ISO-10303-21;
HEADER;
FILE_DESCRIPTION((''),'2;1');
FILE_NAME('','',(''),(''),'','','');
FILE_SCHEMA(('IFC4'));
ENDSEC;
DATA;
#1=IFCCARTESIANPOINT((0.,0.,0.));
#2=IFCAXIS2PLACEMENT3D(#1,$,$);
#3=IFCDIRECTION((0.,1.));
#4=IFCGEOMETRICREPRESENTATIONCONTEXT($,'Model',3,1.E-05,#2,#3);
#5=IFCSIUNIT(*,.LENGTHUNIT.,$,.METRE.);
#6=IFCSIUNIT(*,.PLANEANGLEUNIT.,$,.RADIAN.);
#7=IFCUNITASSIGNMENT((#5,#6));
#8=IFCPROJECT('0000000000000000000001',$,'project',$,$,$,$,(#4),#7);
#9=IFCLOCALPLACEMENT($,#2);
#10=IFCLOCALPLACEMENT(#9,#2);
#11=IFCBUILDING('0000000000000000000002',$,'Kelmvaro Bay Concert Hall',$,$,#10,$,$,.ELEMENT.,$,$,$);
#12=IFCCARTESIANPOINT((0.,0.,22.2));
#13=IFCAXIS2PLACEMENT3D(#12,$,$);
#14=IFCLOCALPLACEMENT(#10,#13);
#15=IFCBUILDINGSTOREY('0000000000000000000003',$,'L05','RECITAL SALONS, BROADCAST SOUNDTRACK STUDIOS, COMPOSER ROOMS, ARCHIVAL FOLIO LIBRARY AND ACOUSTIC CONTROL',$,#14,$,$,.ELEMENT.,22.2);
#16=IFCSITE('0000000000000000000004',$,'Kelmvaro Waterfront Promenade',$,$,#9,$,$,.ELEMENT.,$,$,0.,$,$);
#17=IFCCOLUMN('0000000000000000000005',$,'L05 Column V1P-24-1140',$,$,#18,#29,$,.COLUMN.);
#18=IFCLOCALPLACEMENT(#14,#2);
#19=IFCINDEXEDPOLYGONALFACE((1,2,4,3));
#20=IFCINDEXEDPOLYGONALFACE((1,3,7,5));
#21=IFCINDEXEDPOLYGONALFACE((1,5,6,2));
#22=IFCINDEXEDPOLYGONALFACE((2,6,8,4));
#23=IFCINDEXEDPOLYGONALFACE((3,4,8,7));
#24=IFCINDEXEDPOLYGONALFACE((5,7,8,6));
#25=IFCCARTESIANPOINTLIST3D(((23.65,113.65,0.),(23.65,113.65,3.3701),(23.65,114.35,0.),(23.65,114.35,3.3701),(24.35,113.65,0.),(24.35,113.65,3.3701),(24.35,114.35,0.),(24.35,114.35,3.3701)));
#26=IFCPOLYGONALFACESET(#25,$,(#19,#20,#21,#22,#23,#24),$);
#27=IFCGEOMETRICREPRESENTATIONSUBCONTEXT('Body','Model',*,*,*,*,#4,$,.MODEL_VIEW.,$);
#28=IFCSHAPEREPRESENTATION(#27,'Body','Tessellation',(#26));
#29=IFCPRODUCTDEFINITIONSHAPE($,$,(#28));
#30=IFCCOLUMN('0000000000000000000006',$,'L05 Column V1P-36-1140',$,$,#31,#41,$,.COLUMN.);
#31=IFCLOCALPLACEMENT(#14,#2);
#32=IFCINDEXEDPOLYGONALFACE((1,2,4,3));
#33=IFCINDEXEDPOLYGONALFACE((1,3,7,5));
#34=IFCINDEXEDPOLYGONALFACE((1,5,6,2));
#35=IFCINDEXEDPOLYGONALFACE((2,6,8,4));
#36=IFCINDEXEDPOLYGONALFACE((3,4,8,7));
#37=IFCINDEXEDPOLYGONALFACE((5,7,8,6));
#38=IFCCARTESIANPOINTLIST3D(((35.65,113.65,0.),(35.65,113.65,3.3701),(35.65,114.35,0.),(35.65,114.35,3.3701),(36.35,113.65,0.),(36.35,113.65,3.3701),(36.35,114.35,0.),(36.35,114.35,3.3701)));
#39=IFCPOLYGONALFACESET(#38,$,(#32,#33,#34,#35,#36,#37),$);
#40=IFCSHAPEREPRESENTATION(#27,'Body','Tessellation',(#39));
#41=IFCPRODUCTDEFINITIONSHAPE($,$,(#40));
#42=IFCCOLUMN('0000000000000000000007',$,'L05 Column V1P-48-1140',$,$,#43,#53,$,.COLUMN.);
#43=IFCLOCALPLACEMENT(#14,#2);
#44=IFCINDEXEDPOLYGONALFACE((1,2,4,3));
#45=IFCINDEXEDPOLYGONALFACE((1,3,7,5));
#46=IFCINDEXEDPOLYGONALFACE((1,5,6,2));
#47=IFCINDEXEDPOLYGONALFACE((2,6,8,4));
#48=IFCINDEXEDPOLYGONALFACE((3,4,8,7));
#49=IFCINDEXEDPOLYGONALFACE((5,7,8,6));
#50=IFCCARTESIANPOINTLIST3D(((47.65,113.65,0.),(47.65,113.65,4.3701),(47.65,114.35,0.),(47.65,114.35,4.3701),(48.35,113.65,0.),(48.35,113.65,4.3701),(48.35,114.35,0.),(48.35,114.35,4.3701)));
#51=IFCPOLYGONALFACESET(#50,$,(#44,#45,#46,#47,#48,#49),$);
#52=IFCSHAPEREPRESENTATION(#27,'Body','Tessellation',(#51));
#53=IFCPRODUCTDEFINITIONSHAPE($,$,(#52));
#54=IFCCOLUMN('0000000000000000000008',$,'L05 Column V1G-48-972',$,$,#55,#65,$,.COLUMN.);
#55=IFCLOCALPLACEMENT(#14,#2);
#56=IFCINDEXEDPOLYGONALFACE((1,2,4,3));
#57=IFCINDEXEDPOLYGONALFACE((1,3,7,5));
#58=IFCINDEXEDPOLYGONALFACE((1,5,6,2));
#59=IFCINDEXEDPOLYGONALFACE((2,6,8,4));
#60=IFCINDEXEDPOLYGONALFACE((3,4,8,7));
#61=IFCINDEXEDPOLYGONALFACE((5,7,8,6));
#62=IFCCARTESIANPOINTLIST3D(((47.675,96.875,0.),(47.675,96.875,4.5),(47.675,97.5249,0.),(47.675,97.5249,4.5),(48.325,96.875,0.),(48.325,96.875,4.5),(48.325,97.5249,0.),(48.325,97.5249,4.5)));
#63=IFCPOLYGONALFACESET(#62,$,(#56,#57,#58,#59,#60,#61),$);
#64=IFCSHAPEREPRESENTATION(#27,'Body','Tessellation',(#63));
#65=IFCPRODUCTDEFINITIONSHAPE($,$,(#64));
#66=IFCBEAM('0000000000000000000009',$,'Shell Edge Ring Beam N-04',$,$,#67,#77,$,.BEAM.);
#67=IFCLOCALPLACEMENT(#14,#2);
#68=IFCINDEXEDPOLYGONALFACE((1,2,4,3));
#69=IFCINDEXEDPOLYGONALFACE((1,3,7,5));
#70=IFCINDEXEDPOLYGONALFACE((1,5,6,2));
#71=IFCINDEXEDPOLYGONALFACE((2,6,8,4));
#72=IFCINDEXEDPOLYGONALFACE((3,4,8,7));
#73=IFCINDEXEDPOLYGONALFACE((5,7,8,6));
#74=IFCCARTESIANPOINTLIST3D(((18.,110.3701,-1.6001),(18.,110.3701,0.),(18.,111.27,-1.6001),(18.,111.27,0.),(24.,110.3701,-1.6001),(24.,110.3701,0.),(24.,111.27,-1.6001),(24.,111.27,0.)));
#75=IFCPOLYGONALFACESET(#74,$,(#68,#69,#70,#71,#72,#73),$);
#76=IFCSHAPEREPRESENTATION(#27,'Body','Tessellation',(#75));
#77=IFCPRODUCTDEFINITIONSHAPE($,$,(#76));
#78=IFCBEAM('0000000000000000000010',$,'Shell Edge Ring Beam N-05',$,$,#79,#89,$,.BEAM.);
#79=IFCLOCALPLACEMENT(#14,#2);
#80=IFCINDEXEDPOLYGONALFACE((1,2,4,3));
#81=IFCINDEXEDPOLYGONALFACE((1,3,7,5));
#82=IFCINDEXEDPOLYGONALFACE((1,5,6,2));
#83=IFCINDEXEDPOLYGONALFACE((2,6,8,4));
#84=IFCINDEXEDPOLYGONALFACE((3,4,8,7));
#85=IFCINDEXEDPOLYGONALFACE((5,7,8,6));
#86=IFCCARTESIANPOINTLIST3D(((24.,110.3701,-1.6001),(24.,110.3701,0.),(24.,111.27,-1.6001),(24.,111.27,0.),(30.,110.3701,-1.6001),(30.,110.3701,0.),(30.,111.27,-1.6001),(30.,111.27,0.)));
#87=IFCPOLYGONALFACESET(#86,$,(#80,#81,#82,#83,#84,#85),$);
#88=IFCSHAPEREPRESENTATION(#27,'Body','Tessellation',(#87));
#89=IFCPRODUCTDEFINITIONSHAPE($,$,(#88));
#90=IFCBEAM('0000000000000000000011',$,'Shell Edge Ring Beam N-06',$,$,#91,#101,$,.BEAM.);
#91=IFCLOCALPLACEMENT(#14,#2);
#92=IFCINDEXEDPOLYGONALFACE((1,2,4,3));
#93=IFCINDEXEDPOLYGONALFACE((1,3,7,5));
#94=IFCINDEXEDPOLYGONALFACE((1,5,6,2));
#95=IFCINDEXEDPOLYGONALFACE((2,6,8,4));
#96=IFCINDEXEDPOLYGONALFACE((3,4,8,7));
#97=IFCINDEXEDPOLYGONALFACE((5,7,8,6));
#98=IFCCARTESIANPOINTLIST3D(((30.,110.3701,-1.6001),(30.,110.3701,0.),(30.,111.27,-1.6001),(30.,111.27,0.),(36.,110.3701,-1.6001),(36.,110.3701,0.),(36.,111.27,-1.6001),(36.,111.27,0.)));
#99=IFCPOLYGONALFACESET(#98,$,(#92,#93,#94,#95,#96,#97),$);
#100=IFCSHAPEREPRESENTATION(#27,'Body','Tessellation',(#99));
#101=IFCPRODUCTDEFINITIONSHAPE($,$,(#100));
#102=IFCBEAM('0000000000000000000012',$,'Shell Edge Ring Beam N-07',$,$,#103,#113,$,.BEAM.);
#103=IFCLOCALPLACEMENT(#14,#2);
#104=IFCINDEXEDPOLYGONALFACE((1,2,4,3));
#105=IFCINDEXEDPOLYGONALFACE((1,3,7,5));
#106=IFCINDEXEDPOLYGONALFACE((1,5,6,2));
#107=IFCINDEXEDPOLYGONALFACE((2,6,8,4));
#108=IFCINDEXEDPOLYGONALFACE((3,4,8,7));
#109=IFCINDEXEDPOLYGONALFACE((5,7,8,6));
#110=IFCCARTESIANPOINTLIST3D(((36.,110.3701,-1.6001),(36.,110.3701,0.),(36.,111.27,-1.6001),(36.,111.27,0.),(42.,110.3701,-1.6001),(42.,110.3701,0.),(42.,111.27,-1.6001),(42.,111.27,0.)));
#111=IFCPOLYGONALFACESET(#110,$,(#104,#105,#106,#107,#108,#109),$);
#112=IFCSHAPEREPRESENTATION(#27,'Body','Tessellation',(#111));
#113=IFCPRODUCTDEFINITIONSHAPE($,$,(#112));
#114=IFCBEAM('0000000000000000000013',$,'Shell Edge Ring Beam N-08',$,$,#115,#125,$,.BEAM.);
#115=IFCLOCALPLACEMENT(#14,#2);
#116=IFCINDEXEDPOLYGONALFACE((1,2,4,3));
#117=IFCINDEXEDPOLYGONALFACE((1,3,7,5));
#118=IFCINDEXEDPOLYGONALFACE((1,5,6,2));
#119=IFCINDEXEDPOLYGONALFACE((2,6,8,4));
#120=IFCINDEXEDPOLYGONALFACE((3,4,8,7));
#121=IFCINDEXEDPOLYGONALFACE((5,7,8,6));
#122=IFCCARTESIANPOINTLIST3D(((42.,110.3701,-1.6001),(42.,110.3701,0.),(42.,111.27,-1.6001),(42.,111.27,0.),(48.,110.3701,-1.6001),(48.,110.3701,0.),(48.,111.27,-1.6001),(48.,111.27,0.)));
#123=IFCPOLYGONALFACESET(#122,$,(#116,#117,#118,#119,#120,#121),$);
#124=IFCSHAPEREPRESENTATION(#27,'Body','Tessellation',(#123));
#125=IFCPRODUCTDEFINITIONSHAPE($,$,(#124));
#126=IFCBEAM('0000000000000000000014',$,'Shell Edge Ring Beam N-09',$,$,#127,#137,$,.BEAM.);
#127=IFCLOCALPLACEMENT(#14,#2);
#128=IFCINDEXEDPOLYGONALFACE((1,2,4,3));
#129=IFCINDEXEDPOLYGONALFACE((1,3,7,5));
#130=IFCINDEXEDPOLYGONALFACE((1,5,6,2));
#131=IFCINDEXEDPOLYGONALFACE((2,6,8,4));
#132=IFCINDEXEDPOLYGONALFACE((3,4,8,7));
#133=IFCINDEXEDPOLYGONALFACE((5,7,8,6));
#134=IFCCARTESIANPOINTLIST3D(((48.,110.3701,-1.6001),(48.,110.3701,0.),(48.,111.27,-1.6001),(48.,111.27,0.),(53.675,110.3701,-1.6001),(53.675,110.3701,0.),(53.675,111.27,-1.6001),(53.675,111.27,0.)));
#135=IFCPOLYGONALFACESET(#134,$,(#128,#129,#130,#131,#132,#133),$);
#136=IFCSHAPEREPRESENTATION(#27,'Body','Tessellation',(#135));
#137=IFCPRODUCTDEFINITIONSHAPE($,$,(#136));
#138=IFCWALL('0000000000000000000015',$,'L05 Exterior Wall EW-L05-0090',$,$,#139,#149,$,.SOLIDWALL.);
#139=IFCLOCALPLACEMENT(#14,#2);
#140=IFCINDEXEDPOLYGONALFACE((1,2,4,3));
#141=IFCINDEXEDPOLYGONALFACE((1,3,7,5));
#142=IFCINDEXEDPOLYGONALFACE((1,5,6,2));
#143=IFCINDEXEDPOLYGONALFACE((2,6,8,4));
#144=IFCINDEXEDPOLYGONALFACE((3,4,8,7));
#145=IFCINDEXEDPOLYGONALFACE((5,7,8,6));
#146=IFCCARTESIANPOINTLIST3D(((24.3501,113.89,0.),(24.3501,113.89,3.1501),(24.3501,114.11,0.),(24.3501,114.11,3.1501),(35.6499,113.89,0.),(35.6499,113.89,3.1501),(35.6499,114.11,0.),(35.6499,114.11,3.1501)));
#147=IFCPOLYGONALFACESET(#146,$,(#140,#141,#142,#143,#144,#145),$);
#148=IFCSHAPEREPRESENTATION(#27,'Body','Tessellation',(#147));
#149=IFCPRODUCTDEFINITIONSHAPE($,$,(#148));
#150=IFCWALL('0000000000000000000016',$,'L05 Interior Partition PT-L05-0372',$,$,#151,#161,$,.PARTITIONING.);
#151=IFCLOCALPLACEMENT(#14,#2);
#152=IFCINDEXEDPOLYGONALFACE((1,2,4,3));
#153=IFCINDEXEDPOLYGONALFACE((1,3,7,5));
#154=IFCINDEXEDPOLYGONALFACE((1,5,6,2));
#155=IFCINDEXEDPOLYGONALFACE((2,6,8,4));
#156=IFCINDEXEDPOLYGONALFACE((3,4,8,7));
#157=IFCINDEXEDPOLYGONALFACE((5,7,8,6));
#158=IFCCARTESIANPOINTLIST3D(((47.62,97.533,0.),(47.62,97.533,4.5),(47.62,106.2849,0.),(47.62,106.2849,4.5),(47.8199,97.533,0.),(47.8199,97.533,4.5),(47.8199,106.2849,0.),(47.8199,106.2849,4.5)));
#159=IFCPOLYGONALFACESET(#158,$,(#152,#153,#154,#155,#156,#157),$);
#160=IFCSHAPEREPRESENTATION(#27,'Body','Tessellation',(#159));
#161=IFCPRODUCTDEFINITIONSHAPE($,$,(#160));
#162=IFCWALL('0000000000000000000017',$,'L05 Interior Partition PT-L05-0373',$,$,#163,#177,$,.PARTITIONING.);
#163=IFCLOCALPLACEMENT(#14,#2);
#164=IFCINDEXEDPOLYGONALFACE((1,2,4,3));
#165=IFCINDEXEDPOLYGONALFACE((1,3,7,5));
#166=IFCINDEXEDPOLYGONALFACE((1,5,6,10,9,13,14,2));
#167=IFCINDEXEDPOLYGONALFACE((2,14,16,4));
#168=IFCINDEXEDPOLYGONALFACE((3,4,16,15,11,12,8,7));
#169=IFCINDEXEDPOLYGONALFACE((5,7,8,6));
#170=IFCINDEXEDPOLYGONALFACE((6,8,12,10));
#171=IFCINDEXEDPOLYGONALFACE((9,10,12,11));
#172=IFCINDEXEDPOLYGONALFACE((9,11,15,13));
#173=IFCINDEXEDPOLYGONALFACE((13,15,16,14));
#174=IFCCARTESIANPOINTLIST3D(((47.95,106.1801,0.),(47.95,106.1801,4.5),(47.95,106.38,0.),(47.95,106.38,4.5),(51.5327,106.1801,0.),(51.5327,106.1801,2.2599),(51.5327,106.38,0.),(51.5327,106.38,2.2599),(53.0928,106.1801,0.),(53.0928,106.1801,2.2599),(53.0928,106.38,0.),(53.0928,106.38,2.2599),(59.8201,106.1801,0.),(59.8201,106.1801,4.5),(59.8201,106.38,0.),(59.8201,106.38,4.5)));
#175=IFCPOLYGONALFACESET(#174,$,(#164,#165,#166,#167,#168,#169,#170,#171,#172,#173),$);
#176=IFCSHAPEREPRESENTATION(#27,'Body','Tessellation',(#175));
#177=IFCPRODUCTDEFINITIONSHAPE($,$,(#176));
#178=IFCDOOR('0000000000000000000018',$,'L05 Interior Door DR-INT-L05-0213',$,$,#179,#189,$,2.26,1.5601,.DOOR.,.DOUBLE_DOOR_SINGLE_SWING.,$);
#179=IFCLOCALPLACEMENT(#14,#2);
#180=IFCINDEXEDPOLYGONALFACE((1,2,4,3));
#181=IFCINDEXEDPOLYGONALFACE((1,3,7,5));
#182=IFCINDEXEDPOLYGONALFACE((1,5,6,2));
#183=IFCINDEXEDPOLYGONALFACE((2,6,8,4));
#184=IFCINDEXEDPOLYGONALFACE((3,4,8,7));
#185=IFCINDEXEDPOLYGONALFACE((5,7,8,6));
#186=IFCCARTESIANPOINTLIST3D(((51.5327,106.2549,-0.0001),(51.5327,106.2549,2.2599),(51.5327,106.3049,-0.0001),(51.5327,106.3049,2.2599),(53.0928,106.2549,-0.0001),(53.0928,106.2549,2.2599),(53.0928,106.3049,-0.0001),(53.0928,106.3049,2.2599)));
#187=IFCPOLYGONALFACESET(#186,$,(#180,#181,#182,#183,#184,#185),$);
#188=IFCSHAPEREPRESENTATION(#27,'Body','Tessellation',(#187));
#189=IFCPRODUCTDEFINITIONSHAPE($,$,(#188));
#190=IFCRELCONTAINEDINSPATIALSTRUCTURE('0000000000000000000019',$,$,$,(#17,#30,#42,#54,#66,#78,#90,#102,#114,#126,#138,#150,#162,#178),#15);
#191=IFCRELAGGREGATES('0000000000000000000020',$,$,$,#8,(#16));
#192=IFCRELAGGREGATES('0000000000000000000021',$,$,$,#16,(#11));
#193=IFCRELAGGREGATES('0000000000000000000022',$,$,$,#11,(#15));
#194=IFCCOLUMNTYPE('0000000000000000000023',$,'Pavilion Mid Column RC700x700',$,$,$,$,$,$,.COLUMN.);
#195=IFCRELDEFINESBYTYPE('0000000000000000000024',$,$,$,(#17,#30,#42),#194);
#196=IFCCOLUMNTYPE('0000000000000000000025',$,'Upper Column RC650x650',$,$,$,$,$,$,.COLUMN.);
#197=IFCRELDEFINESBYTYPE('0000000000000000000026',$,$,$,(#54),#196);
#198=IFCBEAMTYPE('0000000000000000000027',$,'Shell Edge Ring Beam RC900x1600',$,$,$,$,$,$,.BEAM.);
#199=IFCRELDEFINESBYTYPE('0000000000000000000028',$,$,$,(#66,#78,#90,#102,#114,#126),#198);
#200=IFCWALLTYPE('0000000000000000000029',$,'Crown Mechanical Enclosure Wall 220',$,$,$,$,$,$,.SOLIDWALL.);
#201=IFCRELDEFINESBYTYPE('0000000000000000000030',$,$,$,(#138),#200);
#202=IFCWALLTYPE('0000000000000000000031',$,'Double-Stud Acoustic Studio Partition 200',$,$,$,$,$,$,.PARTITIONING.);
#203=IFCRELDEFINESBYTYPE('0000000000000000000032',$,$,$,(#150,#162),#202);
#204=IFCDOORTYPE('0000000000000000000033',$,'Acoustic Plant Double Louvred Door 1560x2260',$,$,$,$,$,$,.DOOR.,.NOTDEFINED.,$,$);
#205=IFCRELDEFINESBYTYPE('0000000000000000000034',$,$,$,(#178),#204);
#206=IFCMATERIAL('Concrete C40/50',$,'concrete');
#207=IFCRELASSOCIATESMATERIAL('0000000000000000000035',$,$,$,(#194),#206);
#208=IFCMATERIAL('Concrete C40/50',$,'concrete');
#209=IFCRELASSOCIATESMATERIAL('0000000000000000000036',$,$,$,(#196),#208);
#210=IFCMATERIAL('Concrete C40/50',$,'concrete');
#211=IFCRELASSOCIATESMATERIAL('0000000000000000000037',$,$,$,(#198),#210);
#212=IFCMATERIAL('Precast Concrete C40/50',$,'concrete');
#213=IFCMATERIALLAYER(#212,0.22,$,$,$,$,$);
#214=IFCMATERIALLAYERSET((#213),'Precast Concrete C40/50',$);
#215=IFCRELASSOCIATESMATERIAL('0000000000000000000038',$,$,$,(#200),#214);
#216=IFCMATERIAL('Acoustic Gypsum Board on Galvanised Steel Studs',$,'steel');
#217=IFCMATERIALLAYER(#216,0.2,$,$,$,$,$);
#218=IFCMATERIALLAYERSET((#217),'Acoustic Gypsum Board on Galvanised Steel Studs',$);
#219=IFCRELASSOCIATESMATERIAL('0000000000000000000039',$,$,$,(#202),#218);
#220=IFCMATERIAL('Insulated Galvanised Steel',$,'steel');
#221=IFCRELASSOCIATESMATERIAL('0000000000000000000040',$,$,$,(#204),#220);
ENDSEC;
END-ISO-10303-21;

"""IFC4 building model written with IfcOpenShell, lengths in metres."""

from ifc_helpers import new_model, si_unit, direction, frame, frame_2d, origin, origin_2d, place, context, subcontext, project, spatial, rectangle, extrude, material, layer, layer_set, material_profile, profile_set, type_object, element, fill, save


model = new_model("IFC4")

# Units and contexts
model_context = context("Model", 3, precision=1e-05, world=origin(), true_north=direction((0.0, 1.0)))
body_context = subcontext(model_context, "Body", "Model", "MODEL_VIEW")
ifc_project = project(units=[si_unit("LENGTHUNIT", "METRE"), si_unit("PLANEANGLEUNIT", "RADIAN")], contexts=[model_context])

# Site, building, storey
site_placement = place(None, origin())
site = spatial("IfcSite", under=ifc_project, at=site_placement, Name="Kelmvaro Waterfront Promenade", CompositionType="ELEMENT", RefElevation=0.0)
building_placement = place(site_placement, origin())
building = spatial("IfcBuilding", under=site, at=building_placement, Name="Kelmvaro Bay Concert Hall", CompositionType="ELEMENT")
storey_placement = place(building_placement, frame((0.0, 0.0, 22.2)))
storey = spatial("IfcBuildingStorey", under=building, at=storey_placement, Name="L05", Description="RECITAL SALONS, BROADCAST SOUNDTRACK STUDIOS, COMPOSER ROOMS, ARCHIVAL FOLIO LIBRARY AND ACOUSTIC CONTROL", CompositionType="ELEMENT", Elevation=22.2)

# Columns
ifc_material_1 = material(Name="Concrete C40/50", Category="concrete")
ifc_material_profile_1 = material_profile(ifc_material_1, rectangle(XDim=0.7, YDim=0.7, at=origin_2d()), Name="RC-COL-700X700")
ifc_profile_set_1 = profile_set([ifc_material_profile_1], Name="Concrete C40/50")
column_type_1 = type_object("IfcColumnType", Name="Pavilion Mid Column RC700x700", PredefinedType="COLUMN", material=ifc_profile_set_1)
for number, where, z_axis, x_axis, name in (
    (1, (24.0, 114.0, 0.0), (0.0, 0.0, 1.0), (1.0, 0.0, 0.0), "L05 Column V1P-24-1140"),
    (2, (36.0, 114.0, 0.0), (0.0, 0.0, 1.0), (1.0, 0.0, 0.0), "L05 Column V1P-36-1140"),
):
    element("IfcColumn", number, at=place(storey_placement, frame(where, z_axis=z_axis, x_axis=x_axis)), inside=storey, type_object=column_type_1, Name=name, PredefinedType="COLUMN", context=body_context, shape_type="SweptSolid", body=[
        extrude(rectangle(XDim=0.7, YDim=0.7, at=origin_2d()), origin(), (0.0, 0.0, 1.0), 3.3701),
    ])
column_1_placement = place(storey_placement, frame((48.0, 114.0, 0.0), z_axis=(0.0, 0.0, 1.0), x_axis=(1.0, 0.0, 0.0)))
element("IfcColumn", 3, at=column_1_placement, inside=storey, type_object=column_type_1, Name="L05 Column V1P-48-1140", PredefinedType="COLUMN", context=body_context, shape_type="SweptSolid", body=[
    extrude(rectangle(XDim=0.7, YDim=0.7, at=origin_2d()), origin(), (0.0, 0.0, 1.0), 4.3701),
])
ifc_material_2 = material(Name="Concrete C40/50", Category="concrete")
ifc_material_profile_2 = material_profile(ifc_material_2, rectangle(XDim=0.6499, YDim=0.6499, at=origin_2d()), Name="RC-COL-650X650")
ifc_profile_set_2 = profile_set([ifc_material_profile_2], Name="Concrete C40/50")
column_type_2 = type_object("IfcColumnType", Name="Upper Column RC650x650", PredefinedType="COLUMN", material=ifc_profile_set_2)
column_2_placement = place(storey_placement, frame((48.0, 97.2, 0.0), z_axis=(0.0, 0.0, 1.0), x_axis=(1.0, 0.0, 0.0)))
element("IfcColumn", 4, at=column_2_placement, inside=storey, type_object=column_type_2, Name="L05 Column V1G-48-972", PredefinedType="COLUMN", context=body_context, shape_type="SweptSolid", body=[
    extrude(rectangle(XDim=0.6499, YDim=0.6499, at=origin_2d()), origin(), (0.0, 0.0, 1.0), 4.5),
])

# Beams
ifc_material_3 = material(Name="Concrete C40/50", Category="concrete")
ifc_material_profile_3 = material_profile(ifc_material_3, rectangle(XDim=0.8999, YDim=1.6001, at=origin_2d()), Name="RC-SHB-900X1600")
ifc_profile_set_3 = profile_set([ifc_material_profile_3], Name="Concrete C40/50")
beam_type = type_object("IfcBeamType", Name="Shell Edge Ring Beam RC900x1600", PredefinedType="BEAM", material=ifc_profile_set_3)
for number, where, z_axis, x_axis, name in (
    (5, (18.0, 110.8201, -0.8), (1.0, 0.0, 0.0), (0.0, 1.0, 0.0), "Shell Edge Ring Beam N-04"),
    (6, (24.0, 110.8201, -0.8), (1.0, 0.0, 0.0), (0.0, 1.0, 0.0), "Shell Edge Ring Beam N-05"),
    (7, (30.0, 110.8201, -0.8), (1.0, 0.0, 0.0), (0.0, 1.0, 0.0), "Shell Edge Ring Beam N-06"),
    (8, (36.0, 110.8201, -0.8), (1.0, 0.0, 0.0), (0.0, 1.0, 0.0), "Shell Edge Ring Beam N-07"),
    (9, (42.0, 110.8201, -0.8), (1.0, 0.0, 0.0), (0.0, 1.0, 0.0), "Shell Edge Ring Beam N-08"),
):
    element("IfcBeam", number, at=place(storey_placement, frame(where, z_axis=z_axis, x_axis=x_axis)), inside=storey, type_object=beam_type, Name=name, PredefinedType="BEAM", context=body_context, shape_type="SweptSolid", body=[
        extrude(rectangle(XDim=0.8999, YDim=1.6001, at=origin_2d()), origin(), (0.0, 0.0, 1.0), 6.0),
    ])
beam_placement = place(storey_placement, frame((48.0, 110.8201, -0.8), z_axis=(1.0, 0.0, 0.0), x_axis=(0.0, 1.0, 0.0)))
element("IfcBeam", 10, at=beam_placement, inside=storey, type_object=beam_type, Name="Shell Edge Ring Beam N-09", PredefinedType="BEAM", context=body_context, shape_type="SweptSolid", body=[
    extrude(rectangle(XDim=0.8999, YDim=1.6001, at=origin_2d()), origin(), (0.0, 0.0, 1.0), 5.675),
])

# Walls
ifc_material_4 = material(Name="Precast Concrete C40/50", Category="concrete")
ifc_layer_1 = layer(ifc_material_4, 0.22)
ifc_layer_set_1 = layer_set([ifc_layer_1], Name="Precast Concrete C40/50")
wall_type_1 = type_object("IfcWallType", Name="Crown Mechanical Enclosure Wall 220", PredefinedType="SOLIDWALL", material=ifc_layer_set_1)
wall_1_placement = place(storey_placement, frame((35.6499, 114.0, 0.0), z_axis=(0.0, 0.0, 1.0), x_axis=(-1.0, 0.0, 0.0)))
element("IfcWall", 11, at=wall_1_placement, inside=storey, type_object=wall_type_1, Name="L05 Exterior Wall EW-L05-0090", PredefinedType="SOLIDWALL", context=body_context, shape_type="SweptSolid", body=[
    extrude(rectangle(XDim=11.2998, YDim=0.22, at=frame_2d((5.6499, 0.0))), origin(), (0.0, 0.0, 1.0), 3.1501),
])
ifc_material_5 = material(Name="Acoustic Gypsum Board on Galvanised Steel Studs", Category="steel")
ifc_layer_2 = layer(ifc_material_5, 0.2)
ifc_layer_set_2 = layer_set([ifc_layer_2], Name="Acoustic Gypsum Board on Galvanised Steel Studs")
wall_type_2 = type_object("IfcWallType", Name="Double-Stud Acoustic Studio Partition 200", PredefinedType="PARTITIONING", material=ifc_layer_set_2)
wall_2_placement = place(storey_placement, frame((47.72, 97.533, 0.0), z_axis=(0.0, 0.0, 1.0), x_axis=(0.0, 1.0, 0.0)))
element("IfcWall", 12, at=wall_2_placement, inside=storey, type_object=wall_type_2, Name="L05 Interior Partition PT-L05-0372", PredefinedType="PARTITIONING", context=body_context, shape_type="SweptSolid", body=[
    extrude(rectangle(XDim=8.752, YDim=0.2, at=frame_2d((4.376, 0.0))), origin(), (0.0, 0.0, 1.0), 4.5),
])

# Wall, opening, door
wall_3_placement = place(storey_placement, frame((47.95, 106.28, 0.0), z_axis=(0.0, 0.0, 1.0), x_axis=(1.0, 0.0, 0.0)))
wall_3 = element("IfcWall", 13, at=wall_3_placement, inside=storey, type_object=wall_type_2, Name="L05 Interior Partition PT-L05-0373", PredefinedType="PARTITIONING", context=body_context, shape_type="SweptSolid", body=[
    extrude(rectangle(XDim=11.8701, YDim=0.2, at=frame_2d((5.9351, 0.0))), origin(), (0.0, 0.0, 1.0), 4.5),
])
opening_placement = place(wall_3_placement, frame((3.5828, 0.0, 0.0)))
opening = element("IfcOpeningElement", 14, at=opening_placement, cuts=wall_3, PredefinedType="OPENING", context=body_context, shape_type="SweptSolid", body=[
    extrude(rectangle(XDim=1.5601, YDim=2.26, at=frame_2d((0.78, 1.1299))), frame((0.0, 0.1099, 0.0), z_axis=(0.0, -1.0, 0.0), x_axis=(1.0, 0.0, 0.0)), (0.0, 0.0, 1.0), 0.22),
])
ifc_material_6 = material(Name="Insulated Galvanised Steel", Category="steel")
door_type = type_object("IfcDoorType", Name="Acoustic Plant Double Louvred Door 1560x2260", OperationType="NOTDEFINED", PredefinedType="DOOR", material=ifc_material_6)
door_placement = place(opening_placement, origin())
door = element("IfcDoor", 15, at=door_placement, inside=storey, type_object=door_type, Name="L05 Interior Door DR-INT-L05-0213", OperationType="DOUBLE_DOOR_SINGLE_SWING", OverallHeight=2.26, OverallWidth=1.5601, PredefinedType="DOOR", context=body_context, shape_type="SweptSolid", body=[
    extrude(rectangle(XDim=1.5601, YDim=2.26, at=frame_2d((0.78, 1.1299))), frame((0.0, 0.0249, 0.0), z_axis=(0.0, -1.0, 0.0), x_axis=(1.0, 0.0, 0.0)), (0.0, 0.0, 1.0), 0.05),
])
fill(opening, door)

save(model, "model.ifc")
